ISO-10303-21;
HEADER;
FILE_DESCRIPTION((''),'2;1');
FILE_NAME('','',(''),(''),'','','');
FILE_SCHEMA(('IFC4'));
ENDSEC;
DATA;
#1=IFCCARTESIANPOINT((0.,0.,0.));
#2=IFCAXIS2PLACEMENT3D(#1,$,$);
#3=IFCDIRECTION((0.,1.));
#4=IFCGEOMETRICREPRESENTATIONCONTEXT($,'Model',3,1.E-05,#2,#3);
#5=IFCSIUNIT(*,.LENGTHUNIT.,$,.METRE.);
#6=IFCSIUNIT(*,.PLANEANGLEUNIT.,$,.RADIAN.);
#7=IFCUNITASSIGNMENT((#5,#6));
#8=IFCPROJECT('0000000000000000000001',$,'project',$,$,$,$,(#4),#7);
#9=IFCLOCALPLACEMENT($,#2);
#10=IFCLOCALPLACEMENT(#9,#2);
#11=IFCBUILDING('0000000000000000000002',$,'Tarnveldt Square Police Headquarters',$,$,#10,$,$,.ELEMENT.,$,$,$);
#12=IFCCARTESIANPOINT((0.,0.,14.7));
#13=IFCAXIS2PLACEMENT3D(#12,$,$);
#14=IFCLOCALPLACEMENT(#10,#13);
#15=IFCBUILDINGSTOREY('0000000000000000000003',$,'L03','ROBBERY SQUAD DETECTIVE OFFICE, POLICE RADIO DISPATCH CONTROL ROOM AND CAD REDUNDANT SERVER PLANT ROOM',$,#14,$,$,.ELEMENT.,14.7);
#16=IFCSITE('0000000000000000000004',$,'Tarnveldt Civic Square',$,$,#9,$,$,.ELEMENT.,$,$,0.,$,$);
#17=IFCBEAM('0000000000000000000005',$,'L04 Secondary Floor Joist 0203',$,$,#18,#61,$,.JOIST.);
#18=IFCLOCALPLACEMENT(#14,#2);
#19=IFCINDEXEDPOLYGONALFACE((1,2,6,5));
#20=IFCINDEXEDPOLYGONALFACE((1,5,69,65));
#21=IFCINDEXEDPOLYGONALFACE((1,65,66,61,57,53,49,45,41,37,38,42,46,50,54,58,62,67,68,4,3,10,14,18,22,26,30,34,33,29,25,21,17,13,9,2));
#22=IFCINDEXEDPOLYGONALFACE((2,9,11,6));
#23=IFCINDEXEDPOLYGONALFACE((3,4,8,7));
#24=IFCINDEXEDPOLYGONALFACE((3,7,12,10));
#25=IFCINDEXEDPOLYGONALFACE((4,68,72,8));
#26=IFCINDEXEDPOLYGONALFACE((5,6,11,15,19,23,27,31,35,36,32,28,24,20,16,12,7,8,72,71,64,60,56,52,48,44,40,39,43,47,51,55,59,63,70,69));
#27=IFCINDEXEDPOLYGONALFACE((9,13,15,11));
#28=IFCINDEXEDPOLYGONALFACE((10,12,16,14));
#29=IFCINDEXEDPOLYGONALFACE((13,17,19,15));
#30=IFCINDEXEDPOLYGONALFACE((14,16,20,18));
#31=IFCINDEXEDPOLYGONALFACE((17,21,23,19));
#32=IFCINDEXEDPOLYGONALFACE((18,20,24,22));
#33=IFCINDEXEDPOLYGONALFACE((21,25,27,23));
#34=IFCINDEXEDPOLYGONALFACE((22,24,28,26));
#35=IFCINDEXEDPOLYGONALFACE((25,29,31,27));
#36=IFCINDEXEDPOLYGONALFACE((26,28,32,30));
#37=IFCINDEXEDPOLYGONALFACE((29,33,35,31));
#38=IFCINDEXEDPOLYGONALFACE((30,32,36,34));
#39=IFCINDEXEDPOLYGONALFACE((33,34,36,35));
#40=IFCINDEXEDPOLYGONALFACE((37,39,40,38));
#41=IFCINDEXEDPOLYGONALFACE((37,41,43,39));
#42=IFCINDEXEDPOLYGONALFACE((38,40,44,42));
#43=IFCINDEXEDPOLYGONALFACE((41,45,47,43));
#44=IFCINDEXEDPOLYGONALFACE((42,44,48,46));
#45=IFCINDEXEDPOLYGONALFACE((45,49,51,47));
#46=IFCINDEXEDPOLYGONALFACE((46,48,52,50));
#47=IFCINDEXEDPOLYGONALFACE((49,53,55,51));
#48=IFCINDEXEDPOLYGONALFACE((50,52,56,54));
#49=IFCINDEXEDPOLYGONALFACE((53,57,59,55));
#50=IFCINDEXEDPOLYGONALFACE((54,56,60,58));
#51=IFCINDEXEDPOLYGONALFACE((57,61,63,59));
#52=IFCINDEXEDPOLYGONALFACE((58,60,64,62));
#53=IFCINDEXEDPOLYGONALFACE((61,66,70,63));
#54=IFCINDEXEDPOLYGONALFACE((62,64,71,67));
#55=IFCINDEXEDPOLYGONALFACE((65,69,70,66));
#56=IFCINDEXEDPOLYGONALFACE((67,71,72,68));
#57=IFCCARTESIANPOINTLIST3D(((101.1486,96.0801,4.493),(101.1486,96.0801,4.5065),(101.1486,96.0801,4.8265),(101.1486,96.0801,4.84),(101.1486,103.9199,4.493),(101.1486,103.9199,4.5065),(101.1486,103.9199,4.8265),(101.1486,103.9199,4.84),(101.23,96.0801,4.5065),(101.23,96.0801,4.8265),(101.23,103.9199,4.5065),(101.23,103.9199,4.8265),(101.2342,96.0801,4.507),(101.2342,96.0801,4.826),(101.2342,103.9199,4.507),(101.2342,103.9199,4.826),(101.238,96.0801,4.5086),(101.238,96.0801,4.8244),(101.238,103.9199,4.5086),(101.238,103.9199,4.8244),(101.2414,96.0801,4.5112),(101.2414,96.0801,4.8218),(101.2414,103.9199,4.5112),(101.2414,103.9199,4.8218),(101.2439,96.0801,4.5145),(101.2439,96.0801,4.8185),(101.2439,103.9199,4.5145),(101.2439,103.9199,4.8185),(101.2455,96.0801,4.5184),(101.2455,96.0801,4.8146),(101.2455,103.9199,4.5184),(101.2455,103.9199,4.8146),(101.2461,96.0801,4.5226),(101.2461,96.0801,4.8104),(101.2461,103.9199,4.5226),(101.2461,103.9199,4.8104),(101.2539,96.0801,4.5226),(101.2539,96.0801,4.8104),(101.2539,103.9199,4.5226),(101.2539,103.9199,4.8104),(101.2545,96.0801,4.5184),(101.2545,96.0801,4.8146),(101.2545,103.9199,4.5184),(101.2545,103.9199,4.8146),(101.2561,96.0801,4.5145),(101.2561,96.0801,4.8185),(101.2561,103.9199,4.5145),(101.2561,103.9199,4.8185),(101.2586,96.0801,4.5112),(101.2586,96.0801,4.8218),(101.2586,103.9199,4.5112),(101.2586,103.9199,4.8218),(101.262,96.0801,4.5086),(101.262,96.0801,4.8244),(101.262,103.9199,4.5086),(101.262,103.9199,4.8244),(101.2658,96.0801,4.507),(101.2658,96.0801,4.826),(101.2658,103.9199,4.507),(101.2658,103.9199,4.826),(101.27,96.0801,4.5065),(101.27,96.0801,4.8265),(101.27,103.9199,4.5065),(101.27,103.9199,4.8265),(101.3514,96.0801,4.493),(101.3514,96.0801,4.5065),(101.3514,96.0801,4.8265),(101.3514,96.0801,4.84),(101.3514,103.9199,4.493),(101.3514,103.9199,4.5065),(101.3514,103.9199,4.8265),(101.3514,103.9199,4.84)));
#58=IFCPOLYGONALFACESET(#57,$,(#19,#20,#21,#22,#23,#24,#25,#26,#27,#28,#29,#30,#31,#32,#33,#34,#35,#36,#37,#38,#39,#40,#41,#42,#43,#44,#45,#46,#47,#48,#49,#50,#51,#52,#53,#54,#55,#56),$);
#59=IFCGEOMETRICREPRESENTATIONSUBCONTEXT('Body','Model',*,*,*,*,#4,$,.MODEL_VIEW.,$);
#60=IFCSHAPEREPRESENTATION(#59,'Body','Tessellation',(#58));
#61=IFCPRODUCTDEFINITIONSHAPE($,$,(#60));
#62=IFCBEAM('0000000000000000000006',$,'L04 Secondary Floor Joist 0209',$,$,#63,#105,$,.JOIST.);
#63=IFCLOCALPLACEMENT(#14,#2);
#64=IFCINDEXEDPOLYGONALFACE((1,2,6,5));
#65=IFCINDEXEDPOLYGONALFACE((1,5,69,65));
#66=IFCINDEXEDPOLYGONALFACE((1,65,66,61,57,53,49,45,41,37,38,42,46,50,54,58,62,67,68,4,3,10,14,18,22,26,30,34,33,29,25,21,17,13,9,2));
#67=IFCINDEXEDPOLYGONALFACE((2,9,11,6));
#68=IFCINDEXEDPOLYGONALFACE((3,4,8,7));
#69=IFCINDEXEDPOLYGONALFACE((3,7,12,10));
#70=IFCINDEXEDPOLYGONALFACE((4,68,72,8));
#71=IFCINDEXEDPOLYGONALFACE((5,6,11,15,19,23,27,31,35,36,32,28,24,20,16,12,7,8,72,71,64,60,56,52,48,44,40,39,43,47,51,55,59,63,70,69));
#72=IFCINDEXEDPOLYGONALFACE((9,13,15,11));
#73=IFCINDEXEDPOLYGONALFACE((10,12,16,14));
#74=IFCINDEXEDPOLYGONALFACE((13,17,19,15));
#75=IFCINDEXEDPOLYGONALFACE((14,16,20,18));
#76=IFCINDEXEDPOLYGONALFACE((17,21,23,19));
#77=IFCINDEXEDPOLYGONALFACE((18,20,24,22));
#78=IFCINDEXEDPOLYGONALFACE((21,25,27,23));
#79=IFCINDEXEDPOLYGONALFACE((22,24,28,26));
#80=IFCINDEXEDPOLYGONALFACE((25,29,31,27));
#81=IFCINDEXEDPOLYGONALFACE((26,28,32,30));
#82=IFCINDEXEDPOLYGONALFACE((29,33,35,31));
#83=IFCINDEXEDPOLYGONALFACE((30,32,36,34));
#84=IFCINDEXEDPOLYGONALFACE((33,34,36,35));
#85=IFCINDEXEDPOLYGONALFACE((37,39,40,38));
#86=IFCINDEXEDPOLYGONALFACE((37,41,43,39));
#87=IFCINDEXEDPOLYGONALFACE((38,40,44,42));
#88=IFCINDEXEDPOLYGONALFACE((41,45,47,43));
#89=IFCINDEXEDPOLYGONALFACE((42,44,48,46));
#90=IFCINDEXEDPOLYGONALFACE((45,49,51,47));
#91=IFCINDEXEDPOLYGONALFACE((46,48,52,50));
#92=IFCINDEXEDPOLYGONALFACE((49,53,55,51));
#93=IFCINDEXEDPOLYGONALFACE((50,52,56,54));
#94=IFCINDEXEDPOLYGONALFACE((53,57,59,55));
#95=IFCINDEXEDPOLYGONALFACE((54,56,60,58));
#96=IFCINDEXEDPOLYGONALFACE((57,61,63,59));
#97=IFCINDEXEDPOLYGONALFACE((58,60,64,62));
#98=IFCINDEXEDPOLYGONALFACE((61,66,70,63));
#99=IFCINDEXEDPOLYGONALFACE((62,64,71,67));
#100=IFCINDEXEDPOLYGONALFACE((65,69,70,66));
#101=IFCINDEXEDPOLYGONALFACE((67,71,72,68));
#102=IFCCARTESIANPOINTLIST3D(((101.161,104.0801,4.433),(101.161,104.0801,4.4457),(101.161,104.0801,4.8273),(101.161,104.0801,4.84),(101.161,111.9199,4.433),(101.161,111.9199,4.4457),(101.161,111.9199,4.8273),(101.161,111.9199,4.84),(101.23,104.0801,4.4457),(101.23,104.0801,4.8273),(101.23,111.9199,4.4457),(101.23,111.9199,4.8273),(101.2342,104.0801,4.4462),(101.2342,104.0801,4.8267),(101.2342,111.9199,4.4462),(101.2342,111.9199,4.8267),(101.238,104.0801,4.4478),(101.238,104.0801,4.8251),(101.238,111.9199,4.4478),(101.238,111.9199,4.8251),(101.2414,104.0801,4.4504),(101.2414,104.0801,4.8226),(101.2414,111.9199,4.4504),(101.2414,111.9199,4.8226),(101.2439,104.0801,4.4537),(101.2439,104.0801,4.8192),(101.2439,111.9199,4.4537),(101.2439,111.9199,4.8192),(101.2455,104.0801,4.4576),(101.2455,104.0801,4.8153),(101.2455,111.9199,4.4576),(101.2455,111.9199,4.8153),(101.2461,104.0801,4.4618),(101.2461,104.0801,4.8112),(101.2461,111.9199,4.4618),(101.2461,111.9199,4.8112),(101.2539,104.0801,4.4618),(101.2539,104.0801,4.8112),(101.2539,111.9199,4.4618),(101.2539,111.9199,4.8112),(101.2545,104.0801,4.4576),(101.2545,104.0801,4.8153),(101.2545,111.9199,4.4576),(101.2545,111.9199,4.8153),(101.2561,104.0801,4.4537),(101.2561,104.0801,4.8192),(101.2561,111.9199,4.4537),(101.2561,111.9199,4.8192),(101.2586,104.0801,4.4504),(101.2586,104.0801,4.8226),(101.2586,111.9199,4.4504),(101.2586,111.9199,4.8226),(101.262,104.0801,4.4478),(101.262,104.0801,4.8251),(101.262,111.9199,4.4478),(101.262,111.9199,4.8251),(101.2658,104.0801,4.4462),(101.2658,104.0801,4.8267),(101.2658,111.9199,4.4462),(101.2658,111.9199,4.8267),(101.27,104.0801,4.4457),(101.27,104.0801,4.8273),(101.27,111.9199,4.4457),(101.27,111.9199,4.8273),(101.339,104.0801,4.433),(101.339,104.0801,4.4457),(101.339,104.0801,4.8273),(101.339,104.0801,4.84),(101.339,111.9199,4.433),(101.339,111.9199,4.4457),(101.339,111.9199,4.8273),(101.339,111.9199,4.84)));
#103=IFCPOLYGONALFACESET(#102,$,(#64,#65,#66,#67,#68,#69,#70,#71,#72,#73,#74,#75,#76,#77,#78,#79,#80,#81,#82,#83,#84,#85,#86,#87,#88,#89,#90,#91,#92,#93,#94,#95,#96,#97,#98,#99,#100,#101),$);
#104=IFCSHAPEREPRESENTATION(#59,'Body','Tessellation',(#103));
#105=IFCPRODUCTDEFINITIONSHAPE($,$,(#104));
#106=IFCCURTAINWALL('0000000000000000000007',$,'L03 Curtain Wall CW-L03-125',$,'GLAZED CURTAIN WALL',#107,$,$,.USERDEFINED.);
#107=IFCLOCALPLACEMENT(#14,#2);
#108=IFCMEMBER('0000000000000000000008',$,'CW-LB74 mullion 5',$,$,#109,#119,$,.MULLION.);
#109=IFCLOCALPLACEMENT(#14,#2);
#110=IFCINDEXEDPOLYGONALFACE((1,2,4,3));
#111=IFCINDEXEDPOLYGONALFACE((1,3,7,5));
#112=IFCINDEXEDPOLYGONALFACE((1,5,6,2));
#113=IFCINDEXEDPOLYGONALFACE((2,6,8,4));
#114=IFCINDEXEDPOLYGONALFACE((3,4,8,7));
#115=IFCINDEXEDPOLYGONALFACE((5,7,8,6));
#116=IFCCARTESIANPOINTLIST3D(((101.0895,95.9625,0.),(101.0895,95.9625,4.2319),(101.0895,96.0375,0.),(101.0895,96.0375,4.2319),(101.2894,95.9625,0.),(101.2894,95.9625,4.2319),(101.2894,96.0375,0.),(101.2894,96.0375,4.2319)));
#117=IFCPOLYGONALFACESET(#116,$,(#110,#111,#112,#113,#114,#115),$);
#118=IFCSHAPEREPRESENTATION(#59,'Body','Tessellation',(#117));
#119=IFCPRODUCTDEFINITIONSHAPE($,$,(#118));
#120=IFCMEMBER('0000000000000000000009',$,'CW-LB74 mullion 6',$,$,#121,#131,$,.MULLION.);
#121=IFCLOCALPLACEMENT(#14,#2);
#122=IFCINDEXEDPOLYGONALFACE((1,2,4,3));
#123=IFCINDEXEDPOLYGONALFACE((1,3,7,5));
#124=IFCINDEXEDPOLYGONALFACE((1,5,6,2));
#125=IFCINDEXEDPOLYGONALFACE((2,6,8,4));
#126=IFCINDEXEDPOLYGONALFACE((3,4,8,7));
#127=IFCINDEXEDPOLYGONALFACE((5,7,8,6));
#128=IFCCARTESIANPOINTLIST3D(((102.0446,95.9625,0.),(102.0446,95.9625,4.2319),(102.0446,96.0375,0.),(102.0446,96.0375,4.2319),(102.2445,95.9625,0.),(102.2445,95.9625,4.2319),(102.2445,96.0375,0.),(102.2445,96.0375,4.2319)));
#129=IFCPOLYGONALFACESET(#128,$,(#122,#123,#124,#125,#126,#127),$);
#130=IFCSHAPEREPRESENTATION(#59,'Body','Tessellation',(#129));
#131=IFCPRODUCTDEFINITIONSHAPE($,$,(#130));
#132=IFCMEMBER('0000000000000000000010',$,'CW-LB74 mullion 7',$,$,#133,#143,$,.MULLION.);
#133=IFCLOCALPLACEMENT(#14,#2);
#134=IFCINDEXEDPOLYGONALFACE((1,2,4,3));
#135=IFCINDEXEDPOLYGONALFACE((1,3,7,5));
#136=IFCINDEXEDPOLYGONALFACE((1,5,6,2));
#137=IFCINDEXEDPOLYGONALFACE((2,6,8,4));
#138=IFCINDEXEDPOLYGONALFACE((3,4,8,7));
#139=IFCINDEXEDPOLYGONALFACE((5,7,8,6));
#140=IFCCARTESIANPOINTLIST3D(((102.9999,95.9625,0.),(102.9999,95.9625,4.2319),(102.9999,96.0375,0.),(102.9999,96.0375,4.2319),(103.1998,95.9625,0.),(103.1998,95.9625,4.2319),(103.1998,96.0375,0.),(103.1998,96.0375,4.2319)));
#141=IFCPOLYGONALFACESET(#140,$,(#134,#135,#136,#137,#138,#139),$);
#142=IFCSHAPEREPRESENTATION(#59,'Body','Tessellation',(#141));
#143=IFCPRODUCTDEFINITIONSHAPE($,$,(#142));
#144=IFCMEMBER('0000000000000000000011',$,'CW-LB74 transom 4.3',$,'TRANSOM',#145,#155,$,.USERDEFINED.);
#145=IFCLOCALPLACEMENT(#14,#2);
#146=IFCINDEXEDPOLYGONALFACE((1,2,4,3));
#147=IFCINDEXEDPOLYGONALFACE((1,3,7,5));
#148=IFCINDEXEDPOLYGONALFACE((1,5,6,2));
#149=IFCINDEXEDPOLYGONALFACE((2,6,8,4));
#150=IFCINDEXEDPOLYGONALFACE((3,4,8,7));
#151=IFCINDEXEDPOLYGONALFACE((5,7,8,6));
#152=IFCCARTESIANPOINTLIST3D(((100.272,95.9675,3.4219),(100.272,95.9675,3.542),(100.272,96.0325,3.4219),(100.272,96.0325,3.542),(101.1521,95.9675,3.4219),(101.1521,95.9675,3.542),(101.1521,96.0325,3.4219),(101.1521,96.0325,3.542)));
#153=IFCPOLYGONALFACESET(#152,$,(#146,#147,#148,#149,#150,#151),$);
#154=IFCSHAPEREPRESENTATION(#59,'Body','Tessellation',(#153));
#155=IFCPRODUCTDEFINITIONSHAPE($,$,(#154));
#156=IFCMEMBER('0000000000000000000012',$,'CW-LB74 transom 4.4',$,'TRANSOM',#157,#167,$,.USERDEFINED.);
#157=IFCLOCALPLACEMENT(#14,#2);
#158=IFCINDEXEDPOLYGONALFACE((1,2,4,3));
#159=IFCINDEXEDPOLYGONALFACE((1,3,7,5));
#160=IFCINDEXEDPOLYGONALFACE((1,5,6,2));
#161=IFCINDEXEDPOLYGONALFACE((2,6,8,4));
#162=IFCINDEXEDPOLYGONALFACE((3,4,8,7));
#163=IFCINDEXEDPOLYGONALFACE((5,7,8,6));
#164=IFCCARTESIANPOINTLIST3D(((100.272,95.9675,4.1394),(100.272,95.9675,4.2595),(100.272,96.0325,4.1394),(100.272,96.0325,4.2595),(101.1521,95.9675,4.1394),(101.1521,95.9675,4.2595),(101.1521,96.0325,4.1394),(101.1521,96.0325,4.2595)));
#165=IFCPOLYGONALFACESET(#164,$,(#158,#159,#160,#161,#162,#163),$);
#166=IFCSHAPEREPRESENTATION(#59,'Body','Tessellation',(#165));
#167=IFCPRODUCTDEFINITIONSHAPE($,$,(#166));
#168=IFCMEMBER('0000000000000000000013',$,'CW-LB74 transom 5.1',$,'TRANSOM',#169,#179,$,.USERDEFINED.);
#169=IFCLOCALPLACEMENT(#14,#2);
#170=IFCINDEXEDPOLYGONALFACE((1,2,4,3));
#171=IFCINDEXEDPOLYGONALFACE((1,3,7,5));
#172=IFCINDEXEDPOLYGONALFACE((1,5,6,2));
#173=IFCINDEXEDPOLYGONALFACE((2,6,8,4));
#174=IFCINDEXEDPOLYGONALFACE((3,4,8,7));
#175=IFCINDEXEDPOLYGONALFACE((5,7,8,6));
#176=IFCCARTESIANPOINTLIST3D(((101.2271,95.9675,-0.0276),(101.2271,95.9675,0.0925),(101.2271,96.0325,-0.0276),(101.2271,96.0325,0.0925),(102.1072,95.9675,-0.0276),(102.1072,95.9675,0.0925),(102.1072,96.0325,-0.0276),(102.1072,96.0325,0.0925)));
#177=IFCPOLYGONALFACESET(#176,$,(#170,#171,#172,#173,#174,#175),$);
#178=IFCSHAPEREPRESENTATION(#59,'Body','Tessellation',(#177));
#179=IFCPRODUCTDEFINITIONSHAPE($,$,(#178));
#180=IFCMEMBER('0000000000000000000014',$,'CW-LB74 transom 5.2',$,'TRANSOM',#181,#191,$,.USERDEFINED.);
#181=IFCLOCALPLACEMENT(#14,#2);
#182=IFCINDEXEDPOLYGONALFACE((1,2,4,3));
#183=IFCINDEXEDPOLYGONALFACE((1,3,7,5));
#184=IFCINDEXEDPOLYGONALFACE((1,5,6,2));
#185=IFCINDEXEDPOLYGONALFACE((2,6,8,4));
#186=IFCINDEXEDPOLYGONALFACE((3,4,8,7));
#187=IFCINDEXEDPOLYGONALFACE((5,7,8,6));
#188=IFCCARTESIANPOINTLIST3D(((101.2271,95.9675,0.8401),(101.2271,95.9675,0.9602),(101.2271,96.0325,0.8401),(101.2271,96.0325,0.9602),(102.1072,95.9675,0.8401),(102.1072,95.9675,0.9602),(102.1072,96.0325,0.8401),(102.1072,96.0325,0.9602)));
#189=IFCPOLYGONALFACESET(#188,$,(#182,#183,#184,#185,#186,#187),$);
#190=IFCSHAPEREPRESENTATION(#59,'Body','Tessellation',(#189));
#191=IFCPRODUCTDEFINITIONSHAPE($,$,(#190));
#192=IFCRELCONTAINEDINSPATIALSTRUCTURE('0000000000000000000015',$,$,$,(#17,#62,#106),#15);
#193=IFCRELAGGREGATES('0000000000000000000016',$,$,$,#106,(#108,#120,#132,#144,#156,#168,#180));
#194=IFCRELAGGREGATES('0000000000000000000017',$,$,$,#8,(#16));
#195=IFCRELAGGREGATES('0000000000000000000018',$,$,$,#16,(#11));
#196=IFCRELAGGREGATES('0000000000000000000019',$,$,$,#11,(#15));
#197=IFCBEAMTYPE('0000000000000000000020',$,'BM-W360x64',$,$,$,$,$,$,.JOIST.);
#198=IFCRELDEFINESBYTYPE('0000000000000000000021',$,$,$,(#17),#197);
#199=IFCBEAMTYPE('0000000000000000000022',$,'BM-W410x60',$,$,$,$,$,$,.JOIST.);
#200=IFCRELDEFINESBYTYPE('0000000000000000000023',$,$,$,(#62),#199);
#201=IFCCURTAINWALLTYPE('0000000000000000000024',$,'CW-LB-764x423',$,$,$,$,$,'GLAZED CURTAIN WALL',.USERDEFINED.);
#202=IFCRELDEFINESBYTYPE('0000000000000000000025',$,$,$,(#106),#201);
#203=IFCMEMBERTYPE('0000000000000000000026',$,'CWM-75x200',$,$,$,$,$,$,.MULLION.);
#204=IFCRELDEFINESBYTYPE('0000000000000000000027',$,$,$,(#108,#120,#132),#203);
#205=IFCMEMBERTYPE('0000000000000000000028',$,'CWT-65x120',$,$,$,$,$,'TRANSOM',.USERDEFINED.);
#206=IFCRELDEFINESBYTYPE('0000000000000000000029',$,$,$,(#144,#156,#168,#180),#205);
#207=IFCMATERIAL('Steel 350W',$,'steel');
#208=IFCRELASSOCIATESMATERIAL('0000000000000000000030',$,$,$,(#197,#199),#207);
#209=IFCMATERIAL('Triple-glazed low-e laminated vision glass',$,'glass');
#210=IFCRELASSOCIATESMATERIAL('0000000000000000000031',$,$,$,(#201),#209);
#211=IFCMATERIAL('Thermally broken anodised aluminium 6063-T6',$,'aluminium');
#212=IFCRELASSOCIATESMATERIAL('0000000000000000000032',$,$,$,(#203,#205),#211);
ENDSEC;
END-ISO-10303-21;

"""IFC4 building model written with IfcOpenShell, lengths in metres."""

from ifc_helpers import new_model, si_unit, direction, frame, origin, origin_2d, place, context, subcontext, project, spatial, rectangle, i_section, extrude, material, material_profile, profile_set, type_object, element, aggregate, save


model = new_model("IFC4")

# Units and contexts
model_context = context("Model", 3, precision=1e-05, world=origin(), true_north=direction((0.0, 1.0)))
body_context = subcontext(model_context, "Body", "Model", "MODEL_VIEW")
ifc_project = project(units=[si_unit("LENGTHUNIT", "METRE"), si_unit("PLANEANGLEUNIT", "RADIAN")], contexts=[model_context])

# Site, building, storey
site_placement = place(None, origin())
site = spatial("IfcSite", under=ifc_project, at=site_placement, Name="Tarnveldt Civic Square", CompositionType="ELEMENT", RefElevation=0.0)
building_placement = place(site_placement, origin())
building = spatial("IfcBuilding", under=site, at=building_placement, Name="Tarnveldt Square Police Headquarters", CompositionType="ELEMENT")
storey_placement = place(building_placement, frame((0.0, 0.0, 14.7)))
storey = spatial("IfcBuildingStorey", under=building, at=storey_placement, Name="L03", Description="ROBBERY SQUAD DETECTIVE OFFICE, POLICE RADIO DISPATCH CONTROL ROOM AND CAD REDUNDANT SERVER PLANT ROOM", CompositionType="ELEMENT", Elevation=14.7)

# Beams
ifc_material_1 = material(Name="Steel 350W", Category="steel")
ifc_material_profile_1 = material_profile(ifc_material_1, i_section(OverallWidth=0.2029, OverallDepth=0.3469, WebThickness=0.0078, FlangeThickness=0.0134, FilletRadius=0.0161, at=origin_2d()), Name="W360x64")
ifc_profile_set_1 = profile_set([ifc_material_profile_1], Name="Steel 350W")
beam_type_1 = type_object("IfcBeamType", Name="BM-W360x64", PredefinedType="JOIST", material=ifc_profile_set_1)
beam_1_placement = place(storey_placement, frame((101.25, 96.0801, 4.6665), z_axis=(0.0, 1.0, 0.0), x_axis=(-1.0, 0.0, 0.0)))
element("IfcBeam", 1, at=beam_1_placement, inside=storey, type_object=beam_type_1, Name="L04 Secondary Floor Joist 0203", PredefinedType="JOIST", context=body_context, shape_type="SweptSolid", body=[
    extrude(i_section(OverallWidth=0.2029, OverallDepth=0.3469, WebThickness=0.0078, FlangeThickness=0.0134, FilletRadius=0.0161, at=origin_2d()), origin(), (0.0, 0.0, 1.0), 7.8398),
])
ifc_material_profile_2 = material_profile(ifc_material_1, i_section(OverallWidth=0.178, OverallDepth=0.407, WebThickness=0.0078, FlangeThickness=0.0127, FilletRadius=0.0161, at=origin_2d()), Name="W410x60")
ifc_profile_set_2 = profile_set([ifc_material_profile_2], Name="Steel 350W")
beam_type_2 = type_object("IfcBeamType", Name="BM-W410x60", PredefinedType="JOIST", material=ifc_profile_set_2)
beam_2_placement = place(storey_placement, frame((101.25, 104.0801, 4.6365), z_axis=(0.0, 1.0, 0.0), x_axis=(-1.0, 0.0, 0.0)))
element("IfcBeam", 2, at=beam_2_placement, inside=storey, type_object=beam_type_2, Name="L04 Secondary Floor Joist 0209", PredefinedType="JOIST", context=body_context, shape_type="SweptSolid", body=[
    extrude(i_section(OverallWidth=0.178, OverallDepth=0.407, WebThickness=0.0078, FlangeThickness=0.0127, FilletRadius=0.0161, at=origin_2d()), origin(), (0.0, 0.0, 1.0), 7.8398),
])

# Curtain wall, members
ifc_material_2 = material(Name="Triple-glazed low-e laminated vision glass", Category="glass")
curtain_wall_type = type_object("IfcCurtainWallType", Name="CW-LB-764x423", ElementType="GLAZED CURTAIN WALL", PredefinedType="USERDEFINED", material=ifc_material_2)
curtain_wall_placement = place(storey_placement, origin())
curtain_wall = element("IfcCurtainWall", 3, at=curtain_wall_placement, inside=storey, type_object=curtain_wall_type, Name="L03 Curtain Wall CW-L03-125", ObjectType="GLAZED CURTAIN WALL", PredefinedType="USERDEFINED")
ifc_material_3 = material(Name="Thermally broken anodised aluminium 6063-T6", Category="aluminium")
ifc_material_profile_3 = material_profile(ifc_material_3, rectangle(XDim=0.075, YDim=0.2, at=origin_2d()), Name="CW-M75x200")
ifc_profile_set_3 = profile_set([ifc_material_profile_3], Name="Thermally broken anodised aluminium 6063-T6")
member_type_1 = type_object("IfcMemberType", Name="CWM-75x200", PredefinedType="MULLION", material=ifc_profile_set_3)
member_1_placement = place(storey_placement, frame((101.1895, 96.0, 0.0), z_axis=(0.0, 0.0, 1.0), x_axis=(0.0, 1.0, 0.0)))
member_1 = element("IfcMember", 4, at=member_1_placement, type_object=member_type_1, Name="CW-LB74 mullion 5", PredefinedType="MULLION", context=body_context, shape_type="SweptSolid", body=[
    extrude(rectangle(XDim=0.075, YDim=0.2, at=origin_2d()), origin(), (0.0, 0.0, 1.0), 4.2319),
])
member_2_placement = place(storey_placement, frame((102.1445, 96.0, 0.0), z_axis=(0.0, 0.0, 1.0), x_axis=(0.0, 1.0, 0.0)))
member_2 = element("IfcMember", 5, at=member_2_placement, type_object=member_type_1, Name="CW-LB74 mullion 6", PredefinedType="MULLION", context=body_context, shape_type="SweptSolid", body=[
    extrude(rectangle(XDim=0.075, YDim=0.2, at=origin_2d()), origin(), (0.0, 0.0, 1.0), 4.2319),
])
member_3_placement = place(storey_placement, frame((103.0999, 96.0, 0.0), z_axis=(0.0, 0.0, 1.0), x_axis=(0.0, 1.0, 0.0)))
member_3 = element("IfcMember", 6, at=member_3_placement, type_object=member_type_1, Name="CW-LB74 mullion 7", PredefinedType="MULLION", context=body_context, shape_type="SweptSolid", body=[
    extrude(rectangle(XDim=0.075, YDim=0.2, at=origin_2d()), origin(), (0.0, 0.0, 1.0), 4.2319),
])
ifc_material_profile_4 = material_profile(ifc_material_3, rectangle(XDim=0.0649, YDim=0.1201, at=origin_2d()), Name="CW-T65x120")
ifc_profile_set_4 = profile_set([ifc_material_profile_4], Name="Thermally broken anodised aluminium 6063-T6")
member_type_2 = type_object("IfcMemberType", Name="CWT-65x120", ElementType="TRANSOM", PredefinedType="USERDEFINED", material=ifc_profile_set_4)
member_4_placement = place(storey_placement, frame((100.272, 96.0, 3.4819), z_axis=(1.0, 0.0, 0.0), x_axis=(0.0, 1.0, 0.0)))
member_4 = element("IfcMember", 7, at=member_4_placement, type_object=member_type_2, Name="CW-LB74 transom 4.3", ObjectType="TRANSOM", PredefinedType="USERDEFINED", context=body_context, shape_type="SweptSolid", body=[
    extrude(rectangle(XDim=0.0649, YDim=0.1201, at=origin_2d()), origin(), (0.0, 0.0, 1.0), 0.8801),
])
member_5_placement = place(storey_placement, frame((100.272, 96.0, 4.1995), z_axis=(1.0, 0.0, 0.0), x_axis=(0.0, 1.0, 0.0)))
member_5 = element("IfcMember", 8, at=member_5_placement, type_object=member_type_2, Name="CW-LB74 transom 4.4", ObjectType="TRANSOM", PredefinedType="USERDEFINED", context=body_context, shape_type="SweptSolid", body=[
    extrude(rectangle(XDim=0.0649, YDim=0.1201, at=origin_2d()), origin(), (0.0, 0.0, 1.0), 0.8801),
])
member_6_placement = place(storey_placement, frame((101.2271, 96.0, 0.0325), z_axis=(1.0, 0.0, 0.0), x_axis=(0.0, 1.0, 0.0)))
member_6 = element("IfcMember", 9, at=member_6_placement, type_object=member_type_2, Name="CW-LB74 transom 5.1", ObjectType="TRANSOM", PredefinedType="USERDEFINED", context=body_context, shape_type="SweptSolid", body=[
    extrude(rectangle(XDim=0.0649, YDim=0.1201, at=origin_2d()), origin(), (0.0, 0.0, 1.0), 0.8801),
])
member_7_placement = place(storey_placement, frame((101.2271, 96.0, 0.9001), z_axis=(1.0, 0.0, 0.0), x_axis=(0.0, 1.0, 0.0)))
member_7 = element("IfcMember", 10, at=member_7_placement, type_object=member_type_2, Name="CW-LB74 transom 5.2", ObjectType="TRANSOM", PredefinedType="USERDEFINED", context=body_context, shape_type="SweptSolid", body=[
    extrude(rectangle(XDim=0.0649, YDim=0.1201, at=origin_2d()), origin(), (0.0, 0.0, 1.0), 0.8801),
])
aggregate(curtain_wall, [member_1, member_2, member_3, member_4, member_5, member_6, member_7])

save(model, "model.ifc")
